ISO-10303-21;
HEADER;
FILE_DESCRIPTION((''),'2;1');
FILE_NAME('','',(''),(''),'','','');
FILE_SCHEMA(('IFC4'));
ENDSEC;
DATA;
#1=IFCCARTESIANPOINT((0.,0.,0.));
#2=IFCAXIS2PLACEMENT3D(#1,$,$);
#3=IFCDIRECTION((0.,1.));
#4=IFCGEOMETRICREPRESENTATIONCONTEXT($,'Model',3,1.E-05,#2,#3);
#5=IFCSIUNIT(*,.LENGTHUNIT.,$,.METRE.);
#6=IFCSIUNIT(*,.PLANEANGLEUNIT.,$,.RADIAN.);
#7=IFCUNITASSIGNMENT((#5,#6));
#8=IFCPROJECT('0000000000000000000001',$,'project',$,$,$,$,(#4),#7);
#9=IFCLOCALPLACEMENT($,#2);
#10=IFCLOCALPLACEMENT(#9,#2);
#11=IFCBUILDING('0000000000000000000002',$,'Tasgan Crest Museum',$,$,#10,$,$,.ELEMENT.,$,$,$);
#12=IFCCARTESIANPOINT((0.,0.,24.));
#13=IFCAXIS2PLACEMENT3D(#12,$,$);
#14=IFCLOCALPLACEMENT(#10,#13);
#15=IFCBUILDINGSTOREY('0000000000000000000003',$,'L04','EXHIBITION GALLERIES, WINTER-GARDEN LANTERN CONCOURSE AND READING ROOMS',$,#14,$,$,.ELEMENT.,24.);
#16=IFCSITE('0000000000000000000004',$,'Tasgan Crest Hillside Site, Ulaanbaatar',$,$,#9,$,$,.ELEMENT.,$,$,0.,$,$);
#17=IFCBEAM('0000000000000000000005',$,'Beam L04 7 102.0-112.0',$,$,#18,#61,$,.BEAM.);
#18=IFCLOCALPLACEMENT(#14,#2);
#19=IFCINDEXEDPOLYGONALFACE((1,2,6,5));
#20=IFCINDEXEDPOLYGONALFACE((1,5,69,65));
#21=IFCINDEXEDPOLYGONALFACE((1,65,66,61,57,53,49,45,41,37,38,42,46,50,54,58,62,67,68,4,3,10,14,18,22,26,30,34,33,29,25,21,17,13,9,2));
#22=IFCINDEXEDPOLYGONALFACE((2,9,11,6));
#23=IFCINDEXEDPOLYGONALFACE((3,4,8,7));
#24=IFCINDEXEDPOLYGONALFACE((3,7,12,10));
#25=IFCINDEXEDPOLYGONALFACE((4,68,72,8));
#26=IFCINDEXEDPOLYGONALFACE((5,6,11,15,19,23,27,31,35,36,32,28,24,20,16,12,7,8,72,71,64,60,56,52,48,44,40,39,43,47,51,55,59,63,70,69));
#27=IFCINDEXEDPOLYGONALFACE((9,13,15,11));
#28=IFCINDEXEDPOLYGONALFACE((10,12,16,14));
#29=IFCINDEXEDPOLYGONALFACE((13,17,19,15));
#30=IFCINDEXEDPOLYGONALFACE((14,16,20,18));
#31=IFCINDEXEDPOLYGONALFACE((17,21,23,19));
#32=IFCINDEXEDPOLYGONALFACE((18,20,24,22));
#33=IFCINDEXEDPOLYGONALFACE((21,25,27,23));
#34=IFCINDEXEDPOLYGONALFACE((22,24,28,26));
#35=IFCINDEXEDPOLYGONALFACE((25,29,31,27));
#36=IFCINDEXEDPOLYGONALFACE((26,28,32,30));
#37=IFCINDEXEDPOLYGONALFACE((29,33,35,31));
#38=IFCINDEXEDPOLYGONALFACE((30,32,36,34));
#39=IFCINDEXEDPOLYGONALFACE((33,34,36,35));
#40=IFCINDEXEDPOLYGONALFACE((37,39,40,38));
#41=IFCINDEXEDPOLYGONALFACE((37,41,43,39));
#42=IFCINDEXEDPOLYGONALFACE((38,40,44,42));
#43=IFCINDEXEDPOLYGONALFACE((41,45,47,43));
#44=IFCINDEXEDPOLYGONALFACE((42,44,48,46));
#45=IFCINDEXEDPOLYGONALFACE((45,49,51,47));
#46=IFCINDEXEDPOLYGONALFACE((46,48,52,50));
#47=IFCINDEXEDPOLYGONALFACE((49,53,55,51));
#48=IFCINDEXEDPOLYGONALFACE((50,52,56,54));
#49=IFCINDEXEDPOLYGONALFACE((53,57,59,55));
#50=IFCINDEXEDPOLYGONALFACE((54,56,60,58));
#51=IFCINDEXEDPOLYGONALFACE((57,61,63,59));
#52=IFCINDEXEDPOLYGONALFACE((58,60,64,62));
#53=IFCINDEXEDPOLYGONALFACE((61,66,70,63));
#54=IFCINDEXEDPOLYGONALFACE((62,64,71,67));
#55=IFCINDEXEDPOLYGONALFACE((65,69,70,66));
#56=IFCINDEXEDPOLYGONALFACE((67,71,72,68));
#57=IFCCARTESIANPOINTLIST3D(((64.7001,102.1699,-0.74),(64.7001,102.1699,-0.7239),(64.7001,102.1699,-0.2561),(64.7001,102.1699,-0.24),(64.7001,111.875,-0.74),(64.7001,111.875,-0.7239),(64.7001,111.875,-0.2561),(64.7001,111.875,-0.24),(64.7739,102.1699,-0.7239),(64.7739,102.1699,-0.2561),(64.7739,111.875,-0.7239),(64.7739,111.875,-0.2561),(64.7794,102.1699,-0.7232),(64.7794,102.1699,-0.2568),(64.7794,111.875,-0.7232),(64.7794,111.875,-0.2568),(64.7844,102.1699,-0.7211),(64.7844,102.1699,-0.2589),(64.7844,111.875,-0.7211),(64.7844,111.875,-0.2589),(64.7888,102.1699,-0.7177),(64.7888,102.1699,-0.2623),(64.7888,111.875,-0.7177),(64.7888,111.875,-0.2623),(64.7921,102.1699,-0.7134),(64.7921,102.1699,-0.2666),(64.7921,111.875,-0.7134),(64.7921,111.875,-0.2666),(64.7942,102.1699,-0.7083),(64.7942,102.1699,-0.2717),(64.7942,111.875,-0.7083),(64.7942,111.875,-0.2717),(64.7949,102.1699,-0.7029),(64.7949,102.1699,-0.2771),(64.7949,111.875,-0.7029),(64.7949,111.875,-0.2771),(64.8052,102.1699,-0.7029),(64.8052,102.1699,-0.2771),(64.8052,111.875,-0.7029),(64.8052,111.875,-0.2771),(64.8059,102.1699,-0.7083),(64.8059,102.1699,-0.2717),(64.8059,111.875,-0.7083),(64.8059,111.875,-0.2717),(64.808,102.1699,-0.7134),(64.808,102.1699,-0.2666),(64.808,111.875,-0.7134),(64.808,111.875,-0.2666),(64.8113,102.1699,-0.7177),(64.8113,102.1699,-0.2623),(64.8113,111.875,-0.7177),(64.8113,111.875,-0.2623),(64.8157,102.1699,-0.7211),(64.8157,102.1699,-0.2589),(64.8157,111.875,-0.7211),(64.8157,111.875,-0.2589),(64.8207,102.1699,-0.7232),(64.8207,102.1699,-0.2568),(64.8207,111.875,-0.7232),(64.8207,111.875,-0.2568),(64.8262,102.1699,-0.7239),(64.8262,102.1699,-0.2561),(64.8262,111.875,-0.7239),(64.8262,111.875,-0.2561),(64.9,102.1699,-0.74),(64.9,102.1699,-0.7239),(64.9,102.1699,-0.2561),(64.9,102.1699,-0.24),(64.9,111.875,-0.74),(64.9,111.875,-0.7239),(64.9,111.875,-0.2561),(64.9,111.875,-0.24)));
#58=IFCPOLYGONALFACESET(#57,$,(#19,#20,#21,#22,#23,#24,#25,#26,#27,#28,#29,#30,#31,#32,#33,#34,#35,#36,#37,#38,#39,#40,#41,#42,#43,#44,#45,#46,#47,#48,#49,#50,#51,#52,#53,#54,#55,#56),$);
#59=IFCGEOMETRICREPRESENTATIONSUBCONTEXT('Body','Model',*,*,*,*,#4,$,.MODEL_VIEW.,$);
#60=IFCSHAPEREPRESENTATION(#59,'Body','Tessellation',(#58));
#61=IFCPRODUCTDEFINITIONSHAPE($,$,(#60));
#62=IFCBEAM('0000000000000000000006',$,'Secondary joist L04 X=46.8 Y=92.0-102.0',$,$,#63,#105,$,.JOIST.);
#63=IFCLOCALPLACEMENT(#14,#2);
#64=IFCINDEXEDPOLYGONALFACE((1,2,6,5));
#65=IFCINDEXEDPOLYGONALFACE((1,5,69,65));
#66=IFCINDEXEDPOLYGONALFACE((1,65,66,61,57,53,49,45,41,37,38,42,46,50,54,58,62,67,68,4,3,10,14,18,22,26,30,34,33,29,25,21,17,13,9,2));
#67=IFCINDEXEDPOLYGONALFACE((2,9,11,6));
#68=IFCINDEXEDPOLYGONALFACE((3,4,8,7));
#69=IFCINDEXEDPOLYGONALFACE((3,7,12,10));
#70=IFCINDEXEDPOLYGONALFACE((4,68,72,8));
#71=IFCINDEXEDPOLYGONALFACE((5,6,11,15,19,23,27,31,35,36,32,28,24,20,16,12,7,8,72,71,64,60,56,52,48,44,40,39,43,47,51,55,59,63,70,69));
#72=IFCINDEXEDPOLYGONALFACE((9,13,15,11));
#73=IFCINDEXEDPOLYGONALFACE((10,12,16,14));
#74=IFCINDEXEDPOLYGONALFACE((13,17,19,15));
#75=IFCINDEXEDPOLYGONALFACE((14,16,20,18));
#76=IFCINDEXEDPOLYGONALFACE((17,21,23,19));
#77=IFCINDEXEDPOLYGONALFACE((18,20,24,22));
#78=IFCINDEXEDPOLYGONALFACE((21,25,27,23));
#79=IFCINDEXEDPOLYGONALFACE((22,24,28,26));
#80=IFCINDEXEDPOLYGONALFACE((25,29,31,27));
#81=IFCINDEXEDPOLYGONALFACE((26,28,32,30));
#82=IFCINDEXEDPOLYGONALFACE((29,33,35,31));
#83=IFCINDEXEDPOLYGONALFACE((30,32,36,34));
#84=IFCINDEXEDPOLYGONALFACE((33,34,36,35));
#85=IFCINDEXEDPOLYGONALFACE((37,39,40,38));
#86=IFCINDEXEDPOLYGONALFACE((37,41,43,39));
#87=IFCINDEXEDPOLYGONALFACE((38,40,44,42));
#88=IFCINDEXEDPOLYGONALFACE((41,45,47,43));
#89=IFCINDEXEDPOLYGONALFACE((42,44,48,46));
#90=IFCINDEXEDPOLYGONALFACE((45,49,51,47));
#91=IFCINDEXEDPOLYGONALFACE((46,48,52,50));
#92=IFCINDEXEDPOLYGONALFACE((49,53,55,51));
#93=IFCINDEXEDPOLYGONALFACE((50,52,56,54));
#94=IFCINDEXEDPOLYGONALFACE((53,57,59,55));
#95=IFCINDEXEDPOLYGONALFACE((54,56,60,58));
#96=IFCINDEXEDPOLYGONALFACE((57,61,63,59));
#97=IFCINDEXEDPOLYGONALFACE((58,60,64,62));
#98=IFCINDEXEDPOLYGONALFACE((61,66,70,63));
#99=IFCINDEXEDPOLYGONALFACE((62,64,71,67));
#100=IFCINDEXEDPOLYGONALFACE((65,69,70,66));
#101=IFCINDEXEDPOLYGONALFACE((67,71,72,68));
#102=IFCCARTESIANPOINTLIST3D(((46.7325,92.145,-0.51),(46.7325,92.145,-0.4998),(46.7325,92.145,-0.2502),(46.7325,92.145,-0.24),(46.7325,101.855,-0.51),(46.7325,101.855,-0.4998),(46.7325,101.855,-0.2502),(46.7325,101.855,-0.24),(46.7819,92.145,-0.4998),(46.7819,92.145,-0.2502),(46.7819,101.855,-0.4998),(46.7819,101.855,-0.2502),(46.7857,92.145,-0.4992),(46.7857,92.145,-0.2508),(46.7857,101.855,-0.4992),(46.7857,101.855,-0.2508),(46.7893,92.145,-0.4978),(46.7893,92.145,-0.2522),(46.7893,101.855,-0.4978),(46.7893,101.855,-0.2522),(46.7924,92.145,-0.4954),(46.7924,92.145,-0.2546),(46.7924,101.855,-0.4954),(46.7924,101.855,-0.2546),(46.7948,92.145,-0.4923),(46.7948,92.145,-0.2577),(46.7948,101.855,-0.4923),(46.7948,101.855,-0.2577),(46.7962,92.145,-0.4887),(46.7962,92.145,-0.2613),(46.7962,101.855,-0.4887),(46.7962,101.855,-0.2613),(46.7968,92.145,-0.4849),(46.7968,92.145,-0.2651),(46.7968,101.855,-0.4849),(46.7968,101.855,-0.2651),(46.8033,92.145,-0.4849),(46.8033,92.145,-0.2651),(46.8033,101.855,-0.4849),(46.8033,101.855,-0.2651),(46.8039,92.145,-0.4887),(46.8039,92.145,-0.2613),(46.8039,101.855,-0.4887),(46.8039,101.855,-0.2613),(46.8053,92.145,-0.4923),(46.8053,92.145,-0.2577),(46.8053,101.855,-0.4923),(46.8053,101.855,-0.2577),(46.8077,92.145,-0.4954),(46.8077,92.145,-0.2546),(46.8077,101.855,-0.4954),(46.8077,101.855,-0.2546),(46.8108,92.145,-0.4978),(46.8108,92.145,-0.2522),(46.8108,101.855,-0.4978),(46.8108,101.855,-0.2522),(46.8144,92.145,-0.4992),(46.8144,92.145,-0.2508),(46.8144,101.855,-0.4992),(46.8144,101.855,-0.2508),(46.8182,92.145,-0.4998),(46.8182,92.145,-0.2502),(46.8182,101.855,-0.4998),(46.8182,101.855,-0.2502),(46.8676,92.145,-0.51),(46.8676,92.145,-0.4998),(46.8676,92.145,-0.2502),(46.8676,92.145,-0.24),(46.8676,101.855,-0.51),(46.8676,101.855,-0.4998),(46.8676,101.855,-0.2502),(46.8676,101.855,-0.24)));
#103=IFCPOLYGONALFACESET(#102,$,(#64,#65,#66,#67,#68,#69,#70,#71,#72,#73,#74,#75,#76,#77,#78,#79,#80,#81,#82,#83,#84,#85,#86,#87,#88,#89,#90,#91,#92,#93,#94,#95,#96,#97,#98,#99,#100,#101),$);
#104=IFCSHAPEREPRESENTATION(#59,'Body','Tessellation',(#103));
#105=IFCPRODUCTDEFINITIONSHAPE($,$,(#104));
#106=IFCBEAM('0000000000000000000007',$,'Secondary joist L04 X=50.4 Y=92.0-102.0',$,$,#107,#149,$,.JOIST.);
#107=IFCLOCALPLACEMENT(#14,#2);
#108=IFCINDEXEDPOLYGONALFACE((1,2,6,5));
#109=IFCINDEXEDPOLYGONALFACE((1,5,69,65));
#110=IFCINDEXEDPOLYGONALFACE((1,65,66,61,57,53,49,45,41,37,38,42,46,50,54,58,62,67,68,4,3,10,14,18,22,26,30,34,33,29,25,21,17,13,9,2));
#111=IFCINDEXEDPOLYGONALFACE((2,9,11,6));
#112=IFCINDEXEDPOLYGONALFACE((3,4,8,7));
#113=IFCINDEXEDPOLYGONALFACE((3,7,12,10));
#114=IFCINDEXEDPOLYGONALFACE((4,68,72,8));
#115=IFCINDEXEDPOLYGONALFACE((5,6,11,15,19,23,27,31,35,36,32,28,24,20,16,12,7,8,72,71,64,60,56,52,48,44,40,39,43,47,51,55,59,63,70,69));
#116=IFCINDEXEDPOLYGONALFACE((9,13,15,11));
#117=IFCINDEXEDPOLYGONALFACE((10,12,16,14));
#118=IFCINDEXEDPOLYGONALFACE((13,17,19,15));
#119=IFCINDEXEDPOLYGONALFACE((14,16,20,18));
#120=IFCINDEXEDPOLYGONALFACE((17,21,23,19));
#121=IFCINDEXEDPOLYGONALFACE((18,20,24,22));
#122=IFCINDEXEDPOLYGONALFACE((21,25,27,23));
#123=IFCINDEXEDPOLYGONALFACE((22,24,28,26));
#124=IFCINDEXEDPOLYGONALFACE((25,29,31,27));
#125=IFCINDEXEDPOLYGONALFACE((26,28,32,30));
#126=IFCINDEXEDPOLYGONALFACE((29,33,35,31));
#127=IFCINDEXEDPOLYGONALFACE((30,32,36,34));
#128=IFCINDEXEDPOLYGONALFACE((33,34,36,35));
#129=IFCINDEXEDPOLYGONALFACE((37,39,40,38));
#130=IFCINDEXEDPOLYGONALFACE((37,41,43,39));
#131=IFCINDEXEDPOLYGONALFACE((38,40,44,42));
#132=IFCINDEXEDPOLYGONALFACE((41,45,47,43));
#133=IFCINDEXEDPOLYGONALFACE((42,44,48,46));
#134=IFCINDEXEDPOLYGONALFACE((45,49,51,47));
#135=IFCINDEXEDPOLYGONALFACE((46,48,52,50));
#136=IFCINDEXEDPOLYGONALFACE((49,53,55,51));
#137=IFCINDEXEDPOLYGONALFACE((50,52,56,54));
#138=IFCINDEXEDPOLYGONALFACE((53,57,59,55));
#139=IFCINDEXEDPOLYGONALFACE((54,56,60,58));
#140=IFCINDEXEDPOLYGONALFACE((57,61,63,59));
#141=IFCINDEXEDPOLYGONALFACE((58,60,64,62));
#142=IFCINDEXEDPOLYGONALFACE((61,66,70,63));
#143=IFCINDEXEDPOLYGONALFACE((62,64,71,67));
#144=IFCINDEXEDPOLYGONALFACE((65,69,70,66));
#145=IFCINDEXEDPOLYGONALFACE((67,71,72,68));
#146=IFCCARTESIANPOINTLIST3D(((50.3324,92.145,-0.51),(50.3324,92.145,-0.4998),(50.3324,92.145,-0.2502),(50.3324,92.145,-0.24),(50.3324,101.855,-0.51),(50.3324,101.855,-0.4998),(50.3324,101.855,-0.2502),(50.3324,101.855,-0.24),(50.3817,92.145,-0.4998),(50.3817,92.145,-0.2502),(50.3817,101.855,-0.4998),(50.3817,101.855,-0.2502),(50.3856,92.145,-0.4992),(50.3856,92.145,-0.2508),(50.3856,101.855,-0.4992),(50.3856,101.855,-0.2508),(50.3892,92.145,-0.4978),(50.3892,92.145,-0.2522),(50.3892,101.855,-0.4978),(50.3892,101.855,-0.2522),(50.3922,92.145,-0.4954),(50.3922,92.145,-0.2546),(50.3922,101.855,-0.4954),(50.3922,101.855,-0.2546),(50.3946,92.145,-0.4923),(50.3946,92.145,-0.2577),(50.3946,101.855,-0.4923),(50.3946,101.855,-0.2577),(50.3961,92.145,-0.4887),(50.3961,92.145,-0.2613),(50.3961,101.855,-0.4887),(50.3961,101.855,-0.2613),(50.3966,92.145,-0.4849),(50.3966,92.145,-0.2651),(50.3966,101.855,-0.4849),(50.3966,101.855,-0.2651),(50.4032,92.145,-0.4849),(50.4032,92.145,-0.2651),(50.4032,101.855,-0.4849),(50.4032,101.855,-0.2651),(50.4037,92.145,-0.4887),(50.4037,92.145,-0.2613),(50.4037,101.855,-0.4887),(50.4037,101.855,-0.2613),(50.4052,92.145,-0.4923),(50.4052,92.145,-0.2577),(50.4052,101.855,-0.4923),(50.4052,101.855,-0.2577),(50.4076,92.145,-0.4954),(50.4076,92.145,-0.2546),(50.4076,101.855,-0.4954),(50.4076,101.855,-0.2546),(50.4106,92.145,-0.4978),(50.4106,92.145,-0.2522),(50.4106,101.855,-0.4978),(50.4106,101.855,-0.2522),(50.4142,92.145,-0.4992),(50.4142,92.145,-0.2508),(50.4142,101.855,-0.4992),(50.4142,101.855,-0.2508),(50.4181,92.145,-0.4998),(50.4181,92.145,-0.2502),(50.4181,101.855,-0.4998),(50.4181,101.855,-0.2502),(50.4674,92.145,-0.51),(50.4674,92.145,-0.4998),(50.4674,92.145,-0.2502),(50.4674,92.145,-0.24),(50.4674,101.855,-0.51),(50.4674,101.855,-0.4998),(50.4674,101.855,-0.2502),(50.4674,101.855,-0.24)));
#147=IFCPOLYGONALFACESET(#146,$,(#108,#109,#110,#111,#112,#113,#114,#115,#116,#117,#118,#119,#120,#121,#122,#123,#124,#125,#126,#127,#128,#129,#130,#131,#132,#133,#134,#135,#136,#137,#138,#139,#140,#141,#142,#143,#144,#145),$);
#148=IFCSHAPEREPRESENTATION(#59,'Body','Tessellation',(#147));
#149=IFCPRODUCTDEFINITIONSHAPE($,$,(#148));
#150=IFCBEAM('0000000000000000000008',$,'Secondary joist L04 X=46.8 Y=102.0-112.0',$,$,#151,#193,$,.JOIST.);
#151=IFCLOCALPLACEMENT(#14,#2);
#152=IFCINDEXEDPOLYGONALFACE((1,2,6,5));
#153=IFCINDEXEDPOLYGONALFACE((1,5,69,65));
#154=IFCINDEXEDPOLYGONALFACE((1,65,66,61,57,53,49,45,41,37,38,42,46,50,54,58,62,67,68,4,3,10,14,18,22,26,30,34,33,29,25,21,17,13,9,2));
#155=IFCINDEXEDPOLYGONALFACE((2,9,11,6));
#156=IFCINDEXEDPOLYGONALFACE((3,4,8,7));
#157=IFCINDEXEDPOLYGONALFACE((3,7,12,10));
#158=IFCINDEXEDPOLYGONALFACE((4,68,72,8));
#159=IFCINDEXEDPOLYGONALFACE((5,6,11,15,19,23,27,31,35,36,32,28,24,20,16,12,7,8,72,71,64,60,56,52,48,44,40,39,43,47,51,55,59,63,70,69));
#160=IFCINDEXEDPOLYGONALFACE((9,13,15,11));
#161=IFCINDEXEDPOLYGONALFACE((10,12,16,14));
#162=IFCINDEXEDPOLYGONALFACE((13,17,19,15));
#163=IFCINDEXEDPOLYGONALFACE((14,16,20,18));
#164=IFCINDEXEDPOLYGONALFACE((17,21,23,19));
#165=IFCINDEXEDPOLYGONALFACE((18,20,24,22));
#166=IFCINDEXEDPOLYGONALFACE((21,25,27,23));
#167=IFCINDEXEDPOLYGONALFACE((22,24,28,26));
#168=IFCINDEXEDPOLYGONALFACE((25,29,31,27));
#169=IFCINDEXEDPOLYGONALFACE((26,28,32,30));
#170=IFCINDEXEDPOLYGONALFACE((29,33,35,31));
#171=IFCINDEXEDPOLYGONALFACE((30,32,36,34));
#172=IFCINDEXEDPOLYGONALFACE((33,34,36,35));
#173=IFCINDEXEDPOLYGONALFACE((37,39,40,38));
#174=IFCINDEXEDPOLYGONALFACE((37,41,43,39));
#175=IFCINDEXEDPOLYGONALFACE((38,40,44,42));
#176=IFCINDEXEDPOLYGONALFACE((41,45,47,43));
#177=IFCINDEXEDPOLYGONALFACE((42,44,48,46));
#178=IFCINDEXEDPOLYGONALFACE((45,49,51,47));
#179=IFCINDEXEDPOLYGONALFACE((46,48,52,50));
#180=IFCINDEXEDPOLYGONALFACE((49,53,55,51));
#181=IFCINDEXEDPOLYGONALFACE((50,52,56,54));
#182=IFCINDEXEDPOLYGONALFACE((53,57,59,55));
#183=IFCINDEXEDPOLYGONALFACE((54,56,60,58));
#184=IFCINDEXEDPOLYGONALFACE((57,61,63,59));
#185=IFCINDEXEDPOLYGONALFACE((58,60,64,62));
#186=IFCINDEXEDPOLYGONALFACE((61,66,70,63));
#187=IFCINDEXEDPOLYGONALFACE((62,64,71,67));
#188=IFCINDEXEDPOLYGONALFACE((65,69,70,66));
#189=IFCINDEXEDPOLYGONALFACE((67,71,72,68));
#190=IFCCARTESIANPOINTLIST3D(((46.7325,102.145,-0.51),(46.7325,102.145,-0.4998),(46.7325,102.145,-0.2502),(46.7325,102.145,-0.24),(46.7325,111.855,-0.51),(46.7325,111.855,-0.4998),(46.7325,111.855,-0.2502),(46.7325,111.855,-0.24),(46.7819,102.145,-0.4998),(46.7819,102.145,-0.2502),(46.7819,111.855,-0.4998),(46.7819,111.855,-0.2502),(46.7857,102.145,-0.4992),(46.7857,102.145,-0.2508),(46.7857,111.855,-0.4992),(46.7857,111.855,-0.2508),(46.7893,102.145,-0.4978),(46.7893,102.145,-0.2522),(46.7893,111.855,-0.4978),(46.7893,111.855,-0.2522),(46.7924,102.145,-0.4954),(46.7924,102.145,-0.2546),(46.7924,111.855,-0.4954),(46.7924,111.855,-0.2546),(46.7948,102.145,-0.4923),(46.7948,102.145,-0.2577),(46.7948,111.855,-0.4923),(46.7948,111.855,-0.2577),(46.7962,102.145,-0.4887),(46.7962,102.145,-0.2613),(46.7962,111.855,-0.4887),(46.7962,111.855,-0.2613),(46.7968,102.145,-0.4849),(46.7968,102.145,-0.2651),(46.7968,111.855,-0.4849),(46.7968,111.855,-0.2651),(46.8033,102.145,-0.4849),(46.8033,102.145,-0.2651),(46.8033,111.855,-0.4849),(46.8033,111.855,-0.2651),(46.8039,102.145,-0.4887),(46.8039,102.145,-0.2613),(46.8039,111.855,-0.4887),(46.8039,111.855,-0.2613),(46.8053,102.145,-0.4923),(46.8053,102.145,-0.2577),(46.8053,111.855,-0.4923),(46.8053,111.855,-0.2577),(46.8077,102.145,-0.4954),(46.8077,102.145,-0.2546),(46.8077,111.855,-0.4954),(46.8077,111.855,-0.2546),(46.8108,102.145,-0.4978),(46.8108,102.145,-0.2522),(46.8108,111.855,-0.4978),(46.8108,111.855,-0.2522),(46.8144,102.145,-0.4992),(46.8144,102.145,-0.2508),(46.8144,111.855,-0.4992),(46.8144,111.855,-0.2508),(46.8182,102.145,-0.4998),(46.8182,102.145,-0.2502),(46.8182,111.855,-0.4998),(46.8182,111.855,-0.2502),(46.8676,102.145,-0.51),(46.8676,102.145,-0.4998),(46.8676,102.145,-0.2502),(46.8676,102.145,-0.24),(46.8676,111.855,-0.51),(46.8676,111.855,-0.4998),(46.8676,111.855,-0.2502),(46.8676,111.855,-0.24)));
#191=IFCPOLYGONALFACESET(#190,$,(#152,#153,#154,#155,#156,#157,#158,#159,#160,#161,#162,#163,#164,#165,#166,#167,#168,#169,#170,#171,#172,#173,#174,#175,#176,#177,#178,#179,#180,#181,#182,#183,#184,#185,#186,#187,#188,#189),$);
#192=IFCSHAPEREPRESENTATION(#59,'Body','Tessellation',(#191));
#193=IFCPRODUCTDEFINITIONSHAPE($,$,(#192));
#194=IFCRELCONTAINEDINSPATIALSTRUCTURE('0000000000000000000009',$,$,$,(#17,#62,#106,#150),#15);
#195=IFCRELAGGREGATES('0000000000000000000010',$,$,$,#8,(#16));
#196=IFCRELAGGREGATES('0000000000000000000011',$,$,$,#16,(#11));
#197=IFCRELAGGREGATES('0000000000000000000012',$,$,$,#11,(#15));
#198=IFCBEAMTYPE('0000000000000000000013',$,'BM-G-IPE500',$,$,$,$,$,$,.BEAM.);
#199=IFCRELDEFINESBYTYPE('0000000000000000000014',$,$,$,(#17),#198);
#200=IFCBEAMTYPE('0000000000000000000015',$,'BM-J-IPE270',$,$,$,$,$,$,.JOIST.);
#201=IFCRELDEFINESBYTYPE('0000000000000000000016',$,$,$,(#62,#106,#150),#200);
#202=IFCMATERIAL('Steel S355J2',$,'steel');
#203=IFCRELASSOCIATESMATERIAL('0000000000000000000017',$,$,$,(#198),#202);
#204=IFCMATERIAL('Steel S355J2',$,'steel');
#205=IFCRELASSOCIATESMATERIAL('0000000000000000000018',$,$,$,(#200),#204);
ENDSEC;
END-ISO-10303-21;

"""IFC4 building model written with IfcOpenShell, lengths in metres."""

from ifc_helpers import new_model, si_unit, direction, frame, origin, origin_2d, place, context, subcontext, project, spatial, i_section, extrude, material, material_profile, profile_set, type_object, element, save


model = new_model("IFC4")

# Units and contexts
model_context = context("Model", 3, precision=1e-05, world=origin(), true_north=direction((0.0, 1.0)))
body_context = subcontext(model_context, "Body", "Model", "MODEL_VIEW")
ifc_project = project(units=[si_unit("LENGTHUNIT", "METRE"), si_unit("PLANEANGLEUNIT", "RADIAN")], contexts=[model_context])

# Site, building, storey
site_placement = place(None, origin())
site = spatial("IfcSite", under=ifc_project, at=site_placement, Name="Tasgan Crest Hillside Site, Ulaanbaatar", CompositionType="ELEMENT", RefElevation=0.0)
building_placement = place(site_placement, origin())
building = spatial("IfcBuilding", under=site, at=building_placement, Name="Tasgan Crest Museum", CompositionType="ELEMENT")
storey_placement = place(building_placement, frame((0.0, 0.0, 24.0)))
storey = spatial("IfcBuildingStorey", under=building, at=storey_placement, Name="L04", Description="EXHIBITION GALLERIES, WINTER-GARDEN LANTERN CONCOURSE AND READING ROOMS", CompositionType="ELEMENT", Elevation=24.0)

# Beams
ifc_material_1 = material(Name="Steel S355J2", Category="steel")
ifc_material_profile_1 = material_profile(ifc_material_1, i_section(OverallWidth=0.2, OverallDepth=0.5, WebThickness=0.0103, FlangeThickness=0.0161, FilletRadius=0.021, at=origin_2d()), Name="IPE 500")
ifc_profile_set_1 = profile_set([ifc_material_profile_1], Name="Steel S355J2")
beam_type_1 = type_object("IfcBeamType", Name="BM-G-IPE500", PredefinedType="BEAM", material=ifc_profile_set_1)
beam_1_placement = place(storey_placement, frame((64.8, 102.1699, -0.49), z_axis=(0.0, 1.0, 0.0), x_axis=(-1.0, 0.0, 0.0)))
element("IfcBeam", 1, at=beam_1_placement, inside=storey, type_object=beam_type_1, Name="Beam L04 7 102.0-112.0", PredefinedType="BEAM", context=body_context, shape_type="SweptSolid", body=[
    extrude(i_section(OverallWidth=0.2, OverallDepth=0.5, WebThickness=0.0103, FlangeThickness=0.0161, FilletRadius=0.021, at=origin_2d()), origin(), (0.0, 0.0, 1.0), 9.7051),
])
ifc_material_2 = material(Name="Steel S355J2", Category="steel")
ifc_material_profile_2 = material_profile(ifc_material_2, i_section(OverallWidth=0.135, OverallDepth=0.27, WebThickness=0.0066, FlangeThickness=0.0103, FilletRadius=0.0149, at=origin_2d()), Name="IPE 270")
ifc_profile_set_2 = profile_set([ifc_material_profile_2], Name="Steel S355J2")
beam_type_2 = type_object("IfcBeamType", Name="BM-J-IPE270", PredefinedType="JOIST", material=ifc_profile_set_2)
for number, where, z_axis, x_axis, name in (
    (2, (46.8, 92.145, -0.375), (0.0, 1.0, 0.0), (-1.0, 0.0, 0.0), "Secondary joist L04 X=46.8 Y=92.0-102.0"),
    (3, (50.3999, 92.145, -0.375), (0.0, 1.0, 0.0), (-1.0, 0.0, 0.0), "Secondary joist L04 X=50.4 Y=92.0-102.0"),
    (4, (46.8, 102.145, -0.375), (0.0, 1.0, 0.0), (-1.0, 0.0, 0.0), "Secondary joist L04 X=46.8 Y=102.0-112.0"),
):
    element("IfcBeam", number, at=place(storey_placement, frame(where, z_axis=z_axis, x_axis=x_axis)), inside=storey, type_object=beam_type_2, Name=name, PredefinedType="JOIST", context=body_context, shape_type="SweptSolid", body=[
        extrude(i_section(OverallWidth=0.135, OverallDepth=0.27, WebThickness=0.0066, FlangeThickness=0.0103, FilletRadius=0.0149, at=origin_2d()), origin(), (0.0, 0.0, 1.0), 9.71),
    ])

save(model, "model.ifc")
